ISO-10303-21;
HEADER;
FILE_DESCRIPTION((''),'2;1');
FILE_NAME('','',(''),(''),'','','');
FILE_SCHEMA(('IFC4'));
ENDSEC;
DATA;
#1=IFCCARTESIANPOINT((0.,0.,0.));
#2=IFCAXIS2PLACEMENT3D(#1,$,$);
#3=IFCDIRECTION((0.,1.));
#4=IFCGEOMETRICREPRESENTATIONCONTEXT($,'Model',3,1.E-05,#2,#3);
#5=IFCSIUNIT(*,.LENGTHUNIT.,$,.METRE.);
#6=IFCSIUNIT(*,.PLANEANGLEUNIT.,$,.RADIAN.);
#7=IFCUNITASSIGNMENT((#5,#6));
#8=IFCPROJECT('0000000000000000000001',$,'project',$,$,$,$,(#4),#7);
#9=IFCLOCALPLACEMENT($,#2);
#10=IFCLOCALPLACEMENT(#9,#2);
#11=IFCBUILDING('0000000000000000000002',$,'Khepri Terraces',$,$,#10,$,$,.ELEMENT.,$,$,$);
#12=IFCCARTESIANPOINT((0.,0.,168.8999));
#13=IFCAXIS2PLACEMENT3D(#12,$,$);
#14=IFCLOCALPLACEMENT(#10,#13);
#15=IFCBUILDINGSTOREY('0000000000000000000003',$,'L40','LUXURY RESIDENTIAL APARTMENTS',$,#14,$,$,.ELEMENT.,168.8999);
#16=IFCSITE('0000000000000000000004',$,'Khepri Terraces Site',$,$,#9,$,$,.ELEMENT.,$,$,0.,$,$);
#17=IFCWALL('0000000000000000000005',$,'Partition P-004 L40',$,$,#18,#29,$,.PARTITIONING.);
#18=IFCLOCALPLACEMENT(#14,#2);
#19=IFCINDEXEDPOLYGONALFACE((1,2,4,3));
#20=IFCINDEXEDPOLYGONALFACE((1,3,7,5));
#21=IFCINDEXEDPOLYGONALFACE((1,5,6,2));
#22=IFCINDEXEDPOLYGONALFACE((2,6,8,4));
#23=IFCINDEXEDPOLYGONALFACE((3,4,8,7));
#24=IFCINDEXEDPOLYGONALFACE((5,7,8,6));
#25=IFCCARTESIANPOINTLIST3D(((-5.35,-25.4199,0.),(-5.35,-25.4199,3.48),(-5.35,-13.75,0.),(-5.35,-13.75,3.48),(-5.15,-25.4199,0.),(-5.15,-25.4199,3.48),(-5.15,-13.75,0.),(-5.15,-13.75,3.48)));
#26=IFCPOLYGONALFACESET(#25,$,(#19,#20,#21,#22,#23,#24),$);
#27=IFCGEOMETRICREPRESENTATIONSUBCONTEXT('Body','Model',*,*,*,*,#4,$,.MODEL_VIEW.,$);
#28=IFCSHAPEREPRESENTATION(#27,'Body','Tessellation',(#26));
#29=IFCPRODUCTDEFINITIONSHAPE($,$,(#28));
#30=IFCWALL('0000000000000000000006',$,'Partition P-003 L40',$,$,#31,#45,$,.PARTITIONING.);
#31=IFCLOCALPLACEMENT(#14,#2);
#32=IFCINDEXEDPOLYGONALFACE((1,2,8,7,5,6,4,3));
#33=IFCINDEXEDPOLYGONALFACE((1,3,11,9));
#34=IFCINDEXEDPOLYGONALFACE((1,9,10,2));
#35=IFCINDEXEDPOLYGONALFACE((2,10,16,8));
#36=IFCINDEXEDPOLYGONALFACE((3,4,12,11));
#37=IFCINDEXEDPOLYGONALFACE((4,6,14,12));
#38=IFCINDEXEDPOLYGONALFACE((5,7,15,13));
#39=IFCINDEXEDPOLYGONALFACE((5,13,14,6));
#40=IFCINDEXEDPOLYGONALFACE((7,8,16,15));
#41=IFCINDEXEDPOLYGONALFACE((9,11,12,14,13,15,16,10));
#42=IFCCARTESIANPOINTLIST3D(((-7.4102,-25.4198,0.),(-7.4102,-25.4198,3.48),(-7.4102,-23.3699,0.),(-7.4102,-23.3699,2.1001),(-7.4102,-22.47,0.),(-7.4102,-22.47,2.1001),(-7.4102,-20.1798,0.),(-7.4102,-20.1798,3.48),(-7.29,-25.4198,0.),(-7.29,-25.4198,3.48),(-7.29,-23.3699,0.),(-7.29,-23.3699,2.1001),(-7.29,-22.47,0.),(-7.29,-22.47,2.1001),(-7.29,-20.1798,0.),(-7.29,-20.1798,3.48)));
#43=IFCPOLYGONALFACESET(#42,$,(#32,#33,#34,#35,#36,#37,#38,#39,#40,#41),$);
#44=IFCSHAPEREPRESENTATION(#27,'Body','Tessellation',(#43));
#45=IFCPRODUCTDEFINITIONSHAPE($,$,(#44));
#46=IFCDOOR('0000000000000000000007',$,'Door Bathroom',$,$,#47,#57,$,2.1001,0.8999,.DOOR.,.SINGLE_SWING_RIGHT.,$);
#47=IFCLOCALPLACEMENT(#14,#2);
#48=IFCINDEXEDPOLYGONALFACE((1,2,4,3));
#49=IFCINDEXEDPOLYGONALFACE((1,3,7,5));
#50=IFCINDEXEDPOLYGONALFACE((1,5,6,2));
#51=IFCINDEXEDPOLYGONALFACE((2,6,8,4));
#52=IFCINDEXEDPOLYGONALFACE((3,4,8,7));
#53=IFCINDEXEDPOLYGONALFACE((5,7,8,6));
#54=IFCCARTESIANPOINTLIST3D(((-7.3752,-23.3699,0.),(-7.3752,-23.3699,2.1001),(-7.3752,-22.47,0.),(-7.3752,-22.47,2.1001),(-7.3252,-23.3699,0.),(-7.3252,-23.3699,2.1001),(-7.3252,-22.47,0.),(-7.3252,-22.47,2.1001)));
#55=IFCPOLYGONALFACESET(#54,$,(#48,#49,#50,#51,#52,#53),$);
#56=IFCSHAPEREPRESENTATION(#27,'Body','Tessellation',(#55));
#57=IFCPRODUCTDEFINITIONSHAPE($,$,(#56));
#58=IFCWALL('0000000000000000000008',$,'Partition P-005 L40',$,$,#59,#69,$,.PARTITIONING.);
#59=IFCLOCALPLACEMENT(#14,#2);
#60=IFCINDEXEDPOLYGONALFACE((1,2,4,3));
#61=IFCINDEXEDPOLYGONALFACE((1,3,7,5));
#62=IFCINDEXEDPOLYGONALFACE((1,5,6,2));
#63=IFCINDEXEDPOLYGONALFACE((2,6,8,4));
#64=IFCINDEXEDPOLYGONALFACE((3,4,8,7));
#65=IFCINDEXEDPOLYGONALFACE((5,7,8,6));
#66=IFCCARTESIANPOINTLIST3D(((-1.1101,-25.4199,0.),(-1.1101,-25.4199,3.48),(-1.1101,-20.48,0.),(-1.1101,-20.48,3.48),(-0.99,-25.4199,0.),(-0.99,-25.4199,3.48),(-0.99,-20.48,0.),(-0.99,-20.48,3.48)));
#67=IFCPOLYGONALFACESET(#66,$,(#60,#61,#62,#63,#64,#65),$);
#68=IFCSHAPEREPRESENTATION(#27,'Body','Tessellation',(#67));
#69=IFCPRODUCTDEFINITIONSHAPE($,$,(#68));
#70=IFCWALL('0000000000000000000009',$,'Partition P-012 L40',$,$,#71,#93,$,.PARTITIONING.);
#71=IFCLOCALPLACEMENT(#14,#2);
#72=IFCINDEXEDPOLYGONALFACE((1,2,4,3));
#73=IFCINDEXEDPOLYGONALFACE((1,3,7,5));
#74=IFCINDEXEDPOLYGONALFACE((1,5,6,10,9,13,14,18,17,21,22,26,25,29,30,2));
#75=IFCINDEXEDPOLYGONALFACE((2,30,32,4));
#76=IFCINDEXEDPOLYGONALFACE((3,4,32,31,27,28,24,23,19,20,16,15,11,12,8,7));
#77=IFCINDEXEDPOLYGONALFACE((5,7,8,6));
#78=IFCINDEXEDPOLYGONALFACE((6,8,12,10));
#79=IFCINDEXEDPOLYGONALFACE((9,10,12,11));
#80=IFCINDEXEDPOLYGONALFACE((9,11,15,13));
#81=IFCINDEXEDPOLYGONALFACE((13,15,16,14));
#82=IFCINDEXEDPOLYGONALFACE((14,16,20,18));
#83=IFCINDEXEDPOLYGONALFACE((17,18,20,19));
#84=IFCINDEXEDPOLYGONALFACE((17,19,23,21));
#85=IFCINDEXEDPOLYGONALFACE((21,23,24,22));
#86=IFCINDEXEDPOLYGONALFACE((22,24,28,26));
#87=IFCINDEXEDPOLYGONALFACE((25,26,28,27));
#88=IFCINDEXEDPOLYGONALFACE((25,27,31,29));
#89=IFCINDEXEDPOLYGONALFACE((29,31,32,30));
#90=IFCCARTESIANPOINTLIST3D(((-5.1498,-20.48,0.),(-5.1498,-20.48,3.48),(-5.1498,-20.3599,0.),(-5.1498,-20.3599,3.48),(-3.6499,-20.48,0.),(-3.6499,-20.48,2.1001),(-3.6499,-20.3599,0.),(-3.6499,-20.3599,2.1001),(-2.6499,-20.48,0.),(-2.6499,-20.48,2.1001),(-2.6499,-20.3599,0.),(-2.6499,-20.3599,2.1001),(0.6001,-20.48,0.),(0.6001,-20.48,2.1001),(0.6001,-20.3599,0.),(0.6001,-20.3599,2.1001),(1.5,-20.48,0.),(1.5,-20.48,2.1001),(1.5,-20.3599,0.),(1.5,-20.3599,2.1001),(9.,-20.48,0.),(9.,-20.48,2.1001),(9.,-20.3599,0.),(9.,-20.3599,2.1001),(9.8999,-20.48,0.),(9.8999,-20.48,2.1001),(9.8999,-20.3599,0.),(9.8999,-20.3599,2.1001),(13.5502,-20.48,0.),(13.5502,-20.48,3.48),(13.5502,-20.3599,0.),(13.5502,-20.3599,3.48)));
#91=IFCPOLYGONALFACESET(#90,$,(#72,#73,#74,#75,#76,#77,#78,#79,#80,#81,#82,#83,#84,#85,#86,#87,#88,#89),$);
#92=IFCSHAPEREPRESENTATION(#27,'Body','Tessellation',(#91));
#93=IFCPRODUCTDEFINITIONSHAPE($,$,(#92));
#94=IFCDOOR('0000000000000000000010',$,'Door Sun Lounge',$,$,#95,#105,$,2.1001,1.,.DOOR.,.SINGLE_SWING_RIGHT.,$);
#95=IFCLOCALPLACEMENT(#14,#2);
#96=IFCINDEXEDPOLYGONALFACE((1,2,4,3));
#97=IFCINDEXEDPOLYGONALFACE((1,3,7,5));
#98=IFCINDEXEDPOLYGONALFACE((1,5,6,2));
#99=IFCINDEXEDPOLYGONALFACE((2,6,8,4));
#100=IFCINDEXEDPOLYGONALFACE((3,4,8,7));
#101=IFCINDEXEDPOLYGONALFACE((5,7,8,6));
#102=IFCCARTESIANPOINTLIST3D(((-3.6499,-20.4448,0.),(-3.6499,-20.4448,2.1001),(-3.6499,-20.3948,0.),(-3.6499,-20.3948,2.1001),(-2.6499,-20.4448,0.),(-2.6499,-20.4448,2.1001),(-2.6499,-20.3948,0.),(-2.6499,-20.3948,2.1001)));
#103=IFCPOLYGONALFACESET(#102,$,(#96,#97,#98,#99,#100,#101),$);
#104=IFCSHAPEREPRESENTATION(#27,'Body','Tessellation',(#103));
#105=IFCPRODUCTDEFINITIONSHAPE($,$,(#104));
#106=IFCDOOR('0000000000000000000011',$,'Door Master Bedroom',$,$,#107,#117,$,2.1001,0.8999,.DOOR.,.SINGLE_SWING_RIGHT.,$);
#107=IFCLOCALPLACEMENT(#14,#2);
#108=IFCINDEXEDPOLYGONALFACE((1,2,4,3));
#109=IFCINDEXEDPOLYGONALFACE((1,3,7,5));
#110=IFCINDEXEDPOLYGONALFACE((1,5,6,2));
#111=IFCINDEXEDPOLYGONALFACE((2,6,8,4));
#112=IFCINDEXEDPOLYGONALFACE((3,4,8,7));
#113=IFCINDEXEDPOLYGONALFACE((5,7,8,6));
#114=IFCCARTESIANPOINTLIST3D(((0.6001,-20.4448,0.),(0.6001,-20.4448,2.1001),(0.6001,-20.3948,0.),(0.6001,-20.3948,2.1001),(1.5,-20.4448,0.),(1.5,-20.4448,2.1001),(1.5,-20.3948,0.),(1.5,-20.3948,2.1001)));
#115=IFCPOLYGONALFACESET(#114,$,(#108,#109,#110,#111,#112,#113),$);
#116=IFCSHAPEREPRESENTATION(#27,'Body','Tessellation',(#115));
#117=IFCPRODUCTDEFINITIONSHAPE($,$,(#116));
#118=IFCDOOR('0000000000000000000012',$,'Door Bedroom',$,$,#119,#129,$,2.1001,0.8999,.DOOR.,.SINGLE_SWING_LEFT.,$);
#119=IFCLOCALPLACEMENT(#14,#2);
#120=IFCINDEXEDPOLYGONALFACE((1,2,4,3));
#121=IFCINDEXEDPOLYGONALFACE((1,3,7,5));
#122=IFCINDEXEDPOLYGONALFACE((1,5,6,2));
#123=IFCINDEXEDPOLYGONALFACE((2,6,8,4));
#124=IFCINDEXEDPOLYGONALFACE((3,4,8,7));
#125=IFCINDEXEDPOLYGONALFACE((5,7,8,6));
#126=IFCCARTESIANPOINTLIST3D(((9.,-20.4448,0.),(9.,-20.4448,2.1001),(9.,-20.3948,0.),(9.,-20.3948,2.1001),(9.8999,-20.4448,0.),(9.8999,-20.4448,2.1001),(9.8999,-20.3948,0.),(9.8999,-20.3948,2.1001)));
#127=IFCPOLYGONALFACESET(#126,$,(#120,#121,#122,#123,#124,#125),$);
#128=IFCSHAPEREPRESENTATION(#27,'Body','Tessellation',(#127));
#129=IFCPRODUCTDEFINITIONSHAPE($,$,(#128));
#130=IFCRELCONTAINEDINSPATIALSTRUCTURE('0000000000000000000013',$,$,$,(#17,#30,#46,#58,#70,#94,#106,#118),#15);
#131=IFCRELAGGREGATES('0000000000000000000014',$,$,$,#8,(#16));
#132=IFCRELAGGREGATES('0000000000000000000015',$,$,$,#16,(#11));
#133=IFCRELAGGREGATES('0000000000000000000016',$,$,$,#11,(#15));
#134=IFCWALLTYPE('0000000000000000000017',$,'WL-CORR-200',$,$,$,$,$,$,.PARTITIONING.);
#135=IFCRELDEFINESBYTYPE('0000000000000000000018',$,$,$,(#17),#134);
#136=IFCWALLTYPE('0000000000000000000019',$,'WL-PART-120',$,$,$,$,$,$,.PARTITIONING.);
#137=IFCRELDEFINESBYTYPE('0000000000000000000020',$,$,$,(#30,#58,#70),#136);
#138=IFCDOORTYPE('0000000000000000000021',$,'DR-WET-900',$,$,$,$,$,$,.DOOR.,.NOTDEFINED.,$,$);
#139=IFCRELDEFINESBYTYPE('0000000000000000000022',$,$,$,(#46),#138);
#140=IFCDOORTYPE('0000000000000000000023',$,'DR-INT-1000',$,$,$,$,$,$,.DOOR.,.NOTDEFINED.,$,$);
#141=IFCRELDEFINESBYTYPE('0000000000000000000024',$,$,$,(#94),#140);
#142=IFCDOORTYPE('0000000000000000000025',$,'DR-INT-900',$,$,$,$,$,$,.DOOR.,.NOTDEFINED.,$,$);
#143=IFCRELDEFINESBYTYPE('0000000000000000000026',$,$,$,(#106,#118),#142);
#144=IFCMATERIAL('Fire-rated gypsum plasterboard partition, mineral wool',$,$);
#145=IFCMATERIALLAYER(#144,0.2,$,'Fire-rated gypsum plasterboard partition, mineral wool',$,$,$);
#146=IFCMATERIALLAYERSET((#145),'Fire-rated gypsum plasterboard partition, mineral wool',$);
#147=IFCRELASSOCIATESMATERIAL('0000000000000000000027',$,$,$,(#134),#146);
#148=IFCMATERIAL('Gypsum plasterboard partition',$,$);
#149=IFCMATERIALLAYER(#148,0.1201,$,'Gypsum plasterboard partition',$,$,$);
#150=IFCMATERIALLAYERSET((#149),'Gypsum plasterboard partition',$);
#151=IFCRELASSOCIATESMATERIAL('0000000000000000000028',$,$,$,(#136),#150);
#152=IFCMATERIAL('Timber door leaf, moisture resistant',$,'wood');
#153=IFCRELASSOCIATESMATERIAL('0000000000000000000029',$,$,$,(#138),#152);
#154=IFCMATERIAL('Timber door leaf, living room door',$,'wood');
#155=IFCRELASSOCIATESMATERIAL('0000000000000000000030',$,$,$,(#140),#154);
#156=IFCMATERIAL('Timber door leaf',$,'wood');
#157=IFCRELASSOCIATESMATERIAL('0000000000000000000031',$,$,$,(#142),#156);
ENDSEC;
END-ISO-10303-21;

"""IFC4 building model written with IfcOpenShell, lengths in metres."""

from ifc_helpers import new_model, si_unit, direction, frame, frame_2d, origin, place, context, subcontext, project, spatial, rectangle, extrude, material, layer, layer_set, type_object, element, fill, save


model = new_model("IFC4")

# Units and contexts
model_context = context("Model", 3, precision=1e-05, world=origin(), true_north=direction((0.0, 1.0)))
body_context = subcontext(model_context, "Body", "Model", "MODEL_VIEW")
ifc_project = project(units=[si_unit("LENGTHUNIT", "METRE"), si_unit("PLANEANGLEUNIT", "RADIAN")], contexts=[model_context])

# Site, building, storey
site_placement = place(None, origin())
site = spatial("IfcSite", under=ifc_project, at=site_placement, Name="Khepri Terraces Site", CompositionType="ELEMENT", RefElevation=0.0)
building_placement = place(site_placement, origin())
building = spatial("IfcBuilding", under=site, at=building_placement, Name="Khepri Terraces", CompositionType="ELEMENT")
storey_placement = place(building_placement, frame((0.0, 0.0, 168.8999)))
storey = spatial("IfcBuildingStorey", under=building, at=storey_placement, Name="L40", Description="LUXURY RESIDENTIAL APARTMENTS", CompositionType="ELEMENT", Elevation=168.8999)

# Wall
ifc_material_1 = material(Name="Fire-rated gypsum plasterboard partition, mineral wool")
ifc_layer_1 = layer(ifc_material_1, 0.2, Name="Fire-rated gypsum plasterboard partition, mineral wool")
ifc_layer_set_1 = layer_set([ifc_layer_1], Name="Fire-rated gypsum plasterboard partition, mineral wool")
wall_type_1 = type_object("IfcWallType", Name="WL-CORR-200", PredefinedType="PARTITIONING", material=ifc_layer_set_1)
wall_1_placement = place(storey_placement, frame((-5.25, -25.4199, 0.0), z_axis=(0.0, 0.0, 1.0), x_axis=(0.0, 1.0, 0.0)))
element("IfcWall", 1, at=wall_1_placement, inside=storey, type_object=wall_type_1, Name="Partition P-004 L40", PredefinedType="PARTITIONING", context=body_context, shape_type="SweptSolid", body=[
    extrude(rectangle(XDim=11.6699, YDim=0.2, at=frame_2d((5.835, 0.0))), origin(), (0.0, 0.0, 1.0), 3.48),
])

# Wall, opening, door
ifc_material_2 = material(Name="Gypsum plasterboard partition")
ifc_layer_2 = layer(ifc_material_2, 0.1201, Name="Gypsum plasterboard partition")
ifc_layer_set_2 = layer_set([ifc_layer_2], Name="Gypsum plasterboard partition")
wall_type_2 = type_object("IfcWallType", Name="WL-PART-120", PredefinedType="PARTITIONING", material=ifc_layer_set_2)
wall_2_placement = place(storey_placement, frame((-7.3501, -25.4199, 0.0), z_axis=(0.0, 0.0, 1.0), x_axis=(0.0, 1.0, 0.0)))
wall_2 = element("IfcWall", 2, at=wall_2_placement, inside=storey, type_object=wall_type_2, Name="Partition P-003 L40", PredefinedType="PARTITIONING", context=body_context, shape_type="SweptSolid", body=[
    extrude(rectangle(XDim=5.24, YDim=0.1201, at=frame_2d((2.6201, 0.0))), origin(), (0.0, 0.0, 1.0), 3.48),
])
opening_1_placement = place(wall_2_placement, frame((2.05, 0.0, 0.0)))
opening_1 = element("IfcOpeningElement", 3, at=opening_1_placement, cuts=wall_2, PredefinedType="OPENING", context=body_context, shape_type="SweptSolid", body=[
    extrude(rectangle(XDim=0.8999, YDim=2.1001, at=frame_2d((0.45, 1.05))), frame((0.0, 0.0701, 0.0), z_axis=(0.0, -1.0, 0.0), x_axis=(1.0, 0.0, 0.0)), (0.0, 0.0, 1.0), 0.1401),
])
ifc_material_3 = material(Name="Timber door leaf, moisture resistant", Category="wood")
door_type_1 = type_object("IfcDoorType", Name="DR-WET-900", OperationType="NOTDEFINED", PredefinedType="DOOR", material=ifc_material_3)
door_1_placement = place(opening_1_placement, frame((0.8999, 0.0, 0.0), z_axis=(0.0, 0.0, 1.0), x_axis=(-1.0, 0.0, 0.0)))
door_1 = element("IfcDoor", 4, at=door_1_placement, inside=storey, type_object=door_type_1, Name="Door Bathroom", OperationType="SINGLE_SWING_RIGHT", OverallHeight=2.1001, OverallWidth=0.8999, PredefinedType="DOOR", context=body_context, shape_type="SweptSolid", body=[
    extrude(rectangle(XDim=0.8999, YDim=2.1001, at=frame_2d((0.45, 1.05))), frame((0.0, 0.0249, 0.0), z_axis=(0.0, -1.0, 0.0), x_axis=(1.0, 0.0, 0.0)), (0.0, 0.0, 1.0), 0.05),
])
fill(opening_1, door_1)

# Wall
wall_3_placement = place(storey_placement, frame((-1.05, -25.4199, 0.0), z_axis=(0.0, 0.0, 1.0), x_axis=(0.0, 1.0, 0.0)))
element("IfcWall", 5, at=wall_3_placement, inside=storey, type_object=wall_type_2, Name="Partition P-005 L40", PredefinedType="PARTITIONING", context=body_context, shape_type="SweptSolid", body=[
    extrude(rectangle(XDim=4.9399, YDim=0.1201, at=frame_2d((2.47, 0.0))), origin(), (0.0, 0.0, 1.0), 3.48),
])

# Wall, openings, doors
wall_4_placement = place(storey_placement, frame((-5.1499, -20.4199, 0.0), z_axis=(0.0, 0.0, 1.0), x_axis=(1.0, 0.0, 0.0)))
wall_4 = element("IfcWall", 6, at=wall_4_placement, inside=storey, type_object=wall_type_2, Name="Partition P-012 L40", PredefinedType="PARTITIONING", context=body_context, shape_type="SweptSolid", body=[
    extrude(rectangle(XDim=18.7, YDim=0.1201, at=frame_2d((9.3501, 0.0))), origin(), (0.0, 0.0, 1.0), 3.48),
])
opening_2_placement = place(wall_4_placement, frame((1.5, 0.0, 0.0)))
opening_2 = element("IfcOpeningElement", 7, at=opening_2_placement, cuts=wall_4, PredefinedType="OPENING", context=body_context, shape_type="SweptSolid", body=[
    extrude(rectangle(XDim=1.0, YDim=2.1001, at=frame_2d((0.5, 1.05))), frame((0.0, 0.0701, 0.0), z_axis=(0.0, -1.0, 0.0), x_axis=(1.0, 0.0, 0.0)), (0.0, 0.0, 1.0), 0.1401),
])
opening_3_placement = place(wall_4_placement, frame((5.75, 0.0, 0.0)))
opening_3 = element("IfcOpeningElement", 8, at=opening_3_placement, cuts=wall_4, PredefinedType="OPENING", context=body_context, shape_type="SweptSolid", body=[
    extrude(rectangle(XDim=0.8999, YDim=2.1001, at=frame_2d((0.45, 1.05))), frame((0.0, 0.0701, 0.0), z_axis=(0.0, -1.0, 0.0), x_axis=(1.0, 0.0, 0.0)), (0.0, 0.0, 1.0), 0.1401),
])
opening_4_placement = place(wall_4_placement, frame((14.1499, 0.0, 0.0)))
opening_4 = element("IfcOpeningElement", 9, at=opening_4_placement, cuts=wall_4, PredefinedType="OPENING", context=body_context, shape_type="SweptSolid", body=[
    extrude(rectangle(XDim=0.8999, YDim=2.1001, at=frame_2d((0.45, 1.05))), frame((0.0, 0.0701, 0.0), z_axis=(0.0, -1.0, 0.0), x_axis=(1.0, 0.0, 0.0)), (0.0, 0.0, 1.0), 0.1401),
])
ifc_material_4 = material(Name="Timber door leaf, living room door", Category="wood")
door_type_2 = type_object("IfcDoorType", Name="DR-INT-1000", OperationType="NOTDEFINED", PredefinedType="DOOR", material=ifc_material_4)
door_2_placement = place(opening_2_placement, frame((1.0, 0.0, 0.0), z_axis=(0.0, 0.0, 1.0), x_axis=(-1.0, 0.0, 0.0)))
door_2 = element("IfcDoor", 10, at=door_2_placement, inside=storey, type_object=door_type_2, Name="Door Sun Lounge", OperationType="SINGLE_SWING_RIGHT", OverallHeight=2.1001, OverallWidth=1.0, PredefinedType="DOOR", context=body_context, shape_type="SweptSolid", body=[
    extrude(rectangle(XDim=1.0, YDim=2.1001, at=frame_2d((0.5, 1.05))), frame((0.0, 0.0249, 0.0), z_axis=(0.0, -1.0, 0.0), x_axis=(1.0, 0.0, 0.0)), (0.0, 0.0, 1.0), 0.05),
])
fill(opening_2, door_2)
ifc_material_5 = material(Name="Timber door leaf", Category="wood")
door_type_3 = type_object("IfcDoorType", Name="DR-INT-900", OperationType="NOTDEFINED", PredefinedType="DOOR", material=ifc_material_5)
door_3_placement = place(opening_3_placement, frame((0.8999, 0.0, 0.0), z_axis=(0.0, 0.0, 1.0), x_axis=(-1.0, 0.0, 0.0)))
door_3 = element("IfcDoor", 11, at=door_3_placement, inside=storey, type_object=door_type_3, Name="Door Master Bedroom", OperationType="SINGLE_SWING_RIGHT", OverallHeight=2.1001, OverallWidth=0.8999, PredefinedType="DOOR", context=body_context, shape_type="SweptSolid", body=[
    extrude(rectangle(XDim=0.8999, YDim=2.1001, at=frame_2d((0.45, 1.05))), frame((0.0, 0.0249, 0.0), z_axis=(0.0, -1.0, 0.0), x_axis=(1.0, 0.0, 0.0)), (0.0, 0.0, 1.0), 0.05),
])
fill(opening_3, door_3)
door_4_placement = place(opening_4_placement, frame((0.8999, 0.0, 0.0), z_axis=(0.0, 0.0, 1.0), x_axis=(-1.0, 0.0, 0.0)))
door_4 = element("IfcDoor", 12, at=door_4_placement, inside=storey, type_object=door_type_3, Name="Door Bedroom", OperationType="SINGLE_SWING_LEFT", OverallHeight=2.1001, OverallWidth=0.8999, PredefinedType="DOOR", context=body_context, shape_type="SweptSolid", body=[
    extrude(rectangle(XDim=0.8999, YDim=2.1001, at=frame_2d((0.45, 1.05))), frame((0.0, 0.0249, 0.0), z_axis=(0.0, -1.0, 0.0), x_axis=(1.0, 0.0, 0.0)), (0.0, 0.0, 1.0), 0.05),
])
fill(opening_4, door_4)

save(model, "model.ifc")
